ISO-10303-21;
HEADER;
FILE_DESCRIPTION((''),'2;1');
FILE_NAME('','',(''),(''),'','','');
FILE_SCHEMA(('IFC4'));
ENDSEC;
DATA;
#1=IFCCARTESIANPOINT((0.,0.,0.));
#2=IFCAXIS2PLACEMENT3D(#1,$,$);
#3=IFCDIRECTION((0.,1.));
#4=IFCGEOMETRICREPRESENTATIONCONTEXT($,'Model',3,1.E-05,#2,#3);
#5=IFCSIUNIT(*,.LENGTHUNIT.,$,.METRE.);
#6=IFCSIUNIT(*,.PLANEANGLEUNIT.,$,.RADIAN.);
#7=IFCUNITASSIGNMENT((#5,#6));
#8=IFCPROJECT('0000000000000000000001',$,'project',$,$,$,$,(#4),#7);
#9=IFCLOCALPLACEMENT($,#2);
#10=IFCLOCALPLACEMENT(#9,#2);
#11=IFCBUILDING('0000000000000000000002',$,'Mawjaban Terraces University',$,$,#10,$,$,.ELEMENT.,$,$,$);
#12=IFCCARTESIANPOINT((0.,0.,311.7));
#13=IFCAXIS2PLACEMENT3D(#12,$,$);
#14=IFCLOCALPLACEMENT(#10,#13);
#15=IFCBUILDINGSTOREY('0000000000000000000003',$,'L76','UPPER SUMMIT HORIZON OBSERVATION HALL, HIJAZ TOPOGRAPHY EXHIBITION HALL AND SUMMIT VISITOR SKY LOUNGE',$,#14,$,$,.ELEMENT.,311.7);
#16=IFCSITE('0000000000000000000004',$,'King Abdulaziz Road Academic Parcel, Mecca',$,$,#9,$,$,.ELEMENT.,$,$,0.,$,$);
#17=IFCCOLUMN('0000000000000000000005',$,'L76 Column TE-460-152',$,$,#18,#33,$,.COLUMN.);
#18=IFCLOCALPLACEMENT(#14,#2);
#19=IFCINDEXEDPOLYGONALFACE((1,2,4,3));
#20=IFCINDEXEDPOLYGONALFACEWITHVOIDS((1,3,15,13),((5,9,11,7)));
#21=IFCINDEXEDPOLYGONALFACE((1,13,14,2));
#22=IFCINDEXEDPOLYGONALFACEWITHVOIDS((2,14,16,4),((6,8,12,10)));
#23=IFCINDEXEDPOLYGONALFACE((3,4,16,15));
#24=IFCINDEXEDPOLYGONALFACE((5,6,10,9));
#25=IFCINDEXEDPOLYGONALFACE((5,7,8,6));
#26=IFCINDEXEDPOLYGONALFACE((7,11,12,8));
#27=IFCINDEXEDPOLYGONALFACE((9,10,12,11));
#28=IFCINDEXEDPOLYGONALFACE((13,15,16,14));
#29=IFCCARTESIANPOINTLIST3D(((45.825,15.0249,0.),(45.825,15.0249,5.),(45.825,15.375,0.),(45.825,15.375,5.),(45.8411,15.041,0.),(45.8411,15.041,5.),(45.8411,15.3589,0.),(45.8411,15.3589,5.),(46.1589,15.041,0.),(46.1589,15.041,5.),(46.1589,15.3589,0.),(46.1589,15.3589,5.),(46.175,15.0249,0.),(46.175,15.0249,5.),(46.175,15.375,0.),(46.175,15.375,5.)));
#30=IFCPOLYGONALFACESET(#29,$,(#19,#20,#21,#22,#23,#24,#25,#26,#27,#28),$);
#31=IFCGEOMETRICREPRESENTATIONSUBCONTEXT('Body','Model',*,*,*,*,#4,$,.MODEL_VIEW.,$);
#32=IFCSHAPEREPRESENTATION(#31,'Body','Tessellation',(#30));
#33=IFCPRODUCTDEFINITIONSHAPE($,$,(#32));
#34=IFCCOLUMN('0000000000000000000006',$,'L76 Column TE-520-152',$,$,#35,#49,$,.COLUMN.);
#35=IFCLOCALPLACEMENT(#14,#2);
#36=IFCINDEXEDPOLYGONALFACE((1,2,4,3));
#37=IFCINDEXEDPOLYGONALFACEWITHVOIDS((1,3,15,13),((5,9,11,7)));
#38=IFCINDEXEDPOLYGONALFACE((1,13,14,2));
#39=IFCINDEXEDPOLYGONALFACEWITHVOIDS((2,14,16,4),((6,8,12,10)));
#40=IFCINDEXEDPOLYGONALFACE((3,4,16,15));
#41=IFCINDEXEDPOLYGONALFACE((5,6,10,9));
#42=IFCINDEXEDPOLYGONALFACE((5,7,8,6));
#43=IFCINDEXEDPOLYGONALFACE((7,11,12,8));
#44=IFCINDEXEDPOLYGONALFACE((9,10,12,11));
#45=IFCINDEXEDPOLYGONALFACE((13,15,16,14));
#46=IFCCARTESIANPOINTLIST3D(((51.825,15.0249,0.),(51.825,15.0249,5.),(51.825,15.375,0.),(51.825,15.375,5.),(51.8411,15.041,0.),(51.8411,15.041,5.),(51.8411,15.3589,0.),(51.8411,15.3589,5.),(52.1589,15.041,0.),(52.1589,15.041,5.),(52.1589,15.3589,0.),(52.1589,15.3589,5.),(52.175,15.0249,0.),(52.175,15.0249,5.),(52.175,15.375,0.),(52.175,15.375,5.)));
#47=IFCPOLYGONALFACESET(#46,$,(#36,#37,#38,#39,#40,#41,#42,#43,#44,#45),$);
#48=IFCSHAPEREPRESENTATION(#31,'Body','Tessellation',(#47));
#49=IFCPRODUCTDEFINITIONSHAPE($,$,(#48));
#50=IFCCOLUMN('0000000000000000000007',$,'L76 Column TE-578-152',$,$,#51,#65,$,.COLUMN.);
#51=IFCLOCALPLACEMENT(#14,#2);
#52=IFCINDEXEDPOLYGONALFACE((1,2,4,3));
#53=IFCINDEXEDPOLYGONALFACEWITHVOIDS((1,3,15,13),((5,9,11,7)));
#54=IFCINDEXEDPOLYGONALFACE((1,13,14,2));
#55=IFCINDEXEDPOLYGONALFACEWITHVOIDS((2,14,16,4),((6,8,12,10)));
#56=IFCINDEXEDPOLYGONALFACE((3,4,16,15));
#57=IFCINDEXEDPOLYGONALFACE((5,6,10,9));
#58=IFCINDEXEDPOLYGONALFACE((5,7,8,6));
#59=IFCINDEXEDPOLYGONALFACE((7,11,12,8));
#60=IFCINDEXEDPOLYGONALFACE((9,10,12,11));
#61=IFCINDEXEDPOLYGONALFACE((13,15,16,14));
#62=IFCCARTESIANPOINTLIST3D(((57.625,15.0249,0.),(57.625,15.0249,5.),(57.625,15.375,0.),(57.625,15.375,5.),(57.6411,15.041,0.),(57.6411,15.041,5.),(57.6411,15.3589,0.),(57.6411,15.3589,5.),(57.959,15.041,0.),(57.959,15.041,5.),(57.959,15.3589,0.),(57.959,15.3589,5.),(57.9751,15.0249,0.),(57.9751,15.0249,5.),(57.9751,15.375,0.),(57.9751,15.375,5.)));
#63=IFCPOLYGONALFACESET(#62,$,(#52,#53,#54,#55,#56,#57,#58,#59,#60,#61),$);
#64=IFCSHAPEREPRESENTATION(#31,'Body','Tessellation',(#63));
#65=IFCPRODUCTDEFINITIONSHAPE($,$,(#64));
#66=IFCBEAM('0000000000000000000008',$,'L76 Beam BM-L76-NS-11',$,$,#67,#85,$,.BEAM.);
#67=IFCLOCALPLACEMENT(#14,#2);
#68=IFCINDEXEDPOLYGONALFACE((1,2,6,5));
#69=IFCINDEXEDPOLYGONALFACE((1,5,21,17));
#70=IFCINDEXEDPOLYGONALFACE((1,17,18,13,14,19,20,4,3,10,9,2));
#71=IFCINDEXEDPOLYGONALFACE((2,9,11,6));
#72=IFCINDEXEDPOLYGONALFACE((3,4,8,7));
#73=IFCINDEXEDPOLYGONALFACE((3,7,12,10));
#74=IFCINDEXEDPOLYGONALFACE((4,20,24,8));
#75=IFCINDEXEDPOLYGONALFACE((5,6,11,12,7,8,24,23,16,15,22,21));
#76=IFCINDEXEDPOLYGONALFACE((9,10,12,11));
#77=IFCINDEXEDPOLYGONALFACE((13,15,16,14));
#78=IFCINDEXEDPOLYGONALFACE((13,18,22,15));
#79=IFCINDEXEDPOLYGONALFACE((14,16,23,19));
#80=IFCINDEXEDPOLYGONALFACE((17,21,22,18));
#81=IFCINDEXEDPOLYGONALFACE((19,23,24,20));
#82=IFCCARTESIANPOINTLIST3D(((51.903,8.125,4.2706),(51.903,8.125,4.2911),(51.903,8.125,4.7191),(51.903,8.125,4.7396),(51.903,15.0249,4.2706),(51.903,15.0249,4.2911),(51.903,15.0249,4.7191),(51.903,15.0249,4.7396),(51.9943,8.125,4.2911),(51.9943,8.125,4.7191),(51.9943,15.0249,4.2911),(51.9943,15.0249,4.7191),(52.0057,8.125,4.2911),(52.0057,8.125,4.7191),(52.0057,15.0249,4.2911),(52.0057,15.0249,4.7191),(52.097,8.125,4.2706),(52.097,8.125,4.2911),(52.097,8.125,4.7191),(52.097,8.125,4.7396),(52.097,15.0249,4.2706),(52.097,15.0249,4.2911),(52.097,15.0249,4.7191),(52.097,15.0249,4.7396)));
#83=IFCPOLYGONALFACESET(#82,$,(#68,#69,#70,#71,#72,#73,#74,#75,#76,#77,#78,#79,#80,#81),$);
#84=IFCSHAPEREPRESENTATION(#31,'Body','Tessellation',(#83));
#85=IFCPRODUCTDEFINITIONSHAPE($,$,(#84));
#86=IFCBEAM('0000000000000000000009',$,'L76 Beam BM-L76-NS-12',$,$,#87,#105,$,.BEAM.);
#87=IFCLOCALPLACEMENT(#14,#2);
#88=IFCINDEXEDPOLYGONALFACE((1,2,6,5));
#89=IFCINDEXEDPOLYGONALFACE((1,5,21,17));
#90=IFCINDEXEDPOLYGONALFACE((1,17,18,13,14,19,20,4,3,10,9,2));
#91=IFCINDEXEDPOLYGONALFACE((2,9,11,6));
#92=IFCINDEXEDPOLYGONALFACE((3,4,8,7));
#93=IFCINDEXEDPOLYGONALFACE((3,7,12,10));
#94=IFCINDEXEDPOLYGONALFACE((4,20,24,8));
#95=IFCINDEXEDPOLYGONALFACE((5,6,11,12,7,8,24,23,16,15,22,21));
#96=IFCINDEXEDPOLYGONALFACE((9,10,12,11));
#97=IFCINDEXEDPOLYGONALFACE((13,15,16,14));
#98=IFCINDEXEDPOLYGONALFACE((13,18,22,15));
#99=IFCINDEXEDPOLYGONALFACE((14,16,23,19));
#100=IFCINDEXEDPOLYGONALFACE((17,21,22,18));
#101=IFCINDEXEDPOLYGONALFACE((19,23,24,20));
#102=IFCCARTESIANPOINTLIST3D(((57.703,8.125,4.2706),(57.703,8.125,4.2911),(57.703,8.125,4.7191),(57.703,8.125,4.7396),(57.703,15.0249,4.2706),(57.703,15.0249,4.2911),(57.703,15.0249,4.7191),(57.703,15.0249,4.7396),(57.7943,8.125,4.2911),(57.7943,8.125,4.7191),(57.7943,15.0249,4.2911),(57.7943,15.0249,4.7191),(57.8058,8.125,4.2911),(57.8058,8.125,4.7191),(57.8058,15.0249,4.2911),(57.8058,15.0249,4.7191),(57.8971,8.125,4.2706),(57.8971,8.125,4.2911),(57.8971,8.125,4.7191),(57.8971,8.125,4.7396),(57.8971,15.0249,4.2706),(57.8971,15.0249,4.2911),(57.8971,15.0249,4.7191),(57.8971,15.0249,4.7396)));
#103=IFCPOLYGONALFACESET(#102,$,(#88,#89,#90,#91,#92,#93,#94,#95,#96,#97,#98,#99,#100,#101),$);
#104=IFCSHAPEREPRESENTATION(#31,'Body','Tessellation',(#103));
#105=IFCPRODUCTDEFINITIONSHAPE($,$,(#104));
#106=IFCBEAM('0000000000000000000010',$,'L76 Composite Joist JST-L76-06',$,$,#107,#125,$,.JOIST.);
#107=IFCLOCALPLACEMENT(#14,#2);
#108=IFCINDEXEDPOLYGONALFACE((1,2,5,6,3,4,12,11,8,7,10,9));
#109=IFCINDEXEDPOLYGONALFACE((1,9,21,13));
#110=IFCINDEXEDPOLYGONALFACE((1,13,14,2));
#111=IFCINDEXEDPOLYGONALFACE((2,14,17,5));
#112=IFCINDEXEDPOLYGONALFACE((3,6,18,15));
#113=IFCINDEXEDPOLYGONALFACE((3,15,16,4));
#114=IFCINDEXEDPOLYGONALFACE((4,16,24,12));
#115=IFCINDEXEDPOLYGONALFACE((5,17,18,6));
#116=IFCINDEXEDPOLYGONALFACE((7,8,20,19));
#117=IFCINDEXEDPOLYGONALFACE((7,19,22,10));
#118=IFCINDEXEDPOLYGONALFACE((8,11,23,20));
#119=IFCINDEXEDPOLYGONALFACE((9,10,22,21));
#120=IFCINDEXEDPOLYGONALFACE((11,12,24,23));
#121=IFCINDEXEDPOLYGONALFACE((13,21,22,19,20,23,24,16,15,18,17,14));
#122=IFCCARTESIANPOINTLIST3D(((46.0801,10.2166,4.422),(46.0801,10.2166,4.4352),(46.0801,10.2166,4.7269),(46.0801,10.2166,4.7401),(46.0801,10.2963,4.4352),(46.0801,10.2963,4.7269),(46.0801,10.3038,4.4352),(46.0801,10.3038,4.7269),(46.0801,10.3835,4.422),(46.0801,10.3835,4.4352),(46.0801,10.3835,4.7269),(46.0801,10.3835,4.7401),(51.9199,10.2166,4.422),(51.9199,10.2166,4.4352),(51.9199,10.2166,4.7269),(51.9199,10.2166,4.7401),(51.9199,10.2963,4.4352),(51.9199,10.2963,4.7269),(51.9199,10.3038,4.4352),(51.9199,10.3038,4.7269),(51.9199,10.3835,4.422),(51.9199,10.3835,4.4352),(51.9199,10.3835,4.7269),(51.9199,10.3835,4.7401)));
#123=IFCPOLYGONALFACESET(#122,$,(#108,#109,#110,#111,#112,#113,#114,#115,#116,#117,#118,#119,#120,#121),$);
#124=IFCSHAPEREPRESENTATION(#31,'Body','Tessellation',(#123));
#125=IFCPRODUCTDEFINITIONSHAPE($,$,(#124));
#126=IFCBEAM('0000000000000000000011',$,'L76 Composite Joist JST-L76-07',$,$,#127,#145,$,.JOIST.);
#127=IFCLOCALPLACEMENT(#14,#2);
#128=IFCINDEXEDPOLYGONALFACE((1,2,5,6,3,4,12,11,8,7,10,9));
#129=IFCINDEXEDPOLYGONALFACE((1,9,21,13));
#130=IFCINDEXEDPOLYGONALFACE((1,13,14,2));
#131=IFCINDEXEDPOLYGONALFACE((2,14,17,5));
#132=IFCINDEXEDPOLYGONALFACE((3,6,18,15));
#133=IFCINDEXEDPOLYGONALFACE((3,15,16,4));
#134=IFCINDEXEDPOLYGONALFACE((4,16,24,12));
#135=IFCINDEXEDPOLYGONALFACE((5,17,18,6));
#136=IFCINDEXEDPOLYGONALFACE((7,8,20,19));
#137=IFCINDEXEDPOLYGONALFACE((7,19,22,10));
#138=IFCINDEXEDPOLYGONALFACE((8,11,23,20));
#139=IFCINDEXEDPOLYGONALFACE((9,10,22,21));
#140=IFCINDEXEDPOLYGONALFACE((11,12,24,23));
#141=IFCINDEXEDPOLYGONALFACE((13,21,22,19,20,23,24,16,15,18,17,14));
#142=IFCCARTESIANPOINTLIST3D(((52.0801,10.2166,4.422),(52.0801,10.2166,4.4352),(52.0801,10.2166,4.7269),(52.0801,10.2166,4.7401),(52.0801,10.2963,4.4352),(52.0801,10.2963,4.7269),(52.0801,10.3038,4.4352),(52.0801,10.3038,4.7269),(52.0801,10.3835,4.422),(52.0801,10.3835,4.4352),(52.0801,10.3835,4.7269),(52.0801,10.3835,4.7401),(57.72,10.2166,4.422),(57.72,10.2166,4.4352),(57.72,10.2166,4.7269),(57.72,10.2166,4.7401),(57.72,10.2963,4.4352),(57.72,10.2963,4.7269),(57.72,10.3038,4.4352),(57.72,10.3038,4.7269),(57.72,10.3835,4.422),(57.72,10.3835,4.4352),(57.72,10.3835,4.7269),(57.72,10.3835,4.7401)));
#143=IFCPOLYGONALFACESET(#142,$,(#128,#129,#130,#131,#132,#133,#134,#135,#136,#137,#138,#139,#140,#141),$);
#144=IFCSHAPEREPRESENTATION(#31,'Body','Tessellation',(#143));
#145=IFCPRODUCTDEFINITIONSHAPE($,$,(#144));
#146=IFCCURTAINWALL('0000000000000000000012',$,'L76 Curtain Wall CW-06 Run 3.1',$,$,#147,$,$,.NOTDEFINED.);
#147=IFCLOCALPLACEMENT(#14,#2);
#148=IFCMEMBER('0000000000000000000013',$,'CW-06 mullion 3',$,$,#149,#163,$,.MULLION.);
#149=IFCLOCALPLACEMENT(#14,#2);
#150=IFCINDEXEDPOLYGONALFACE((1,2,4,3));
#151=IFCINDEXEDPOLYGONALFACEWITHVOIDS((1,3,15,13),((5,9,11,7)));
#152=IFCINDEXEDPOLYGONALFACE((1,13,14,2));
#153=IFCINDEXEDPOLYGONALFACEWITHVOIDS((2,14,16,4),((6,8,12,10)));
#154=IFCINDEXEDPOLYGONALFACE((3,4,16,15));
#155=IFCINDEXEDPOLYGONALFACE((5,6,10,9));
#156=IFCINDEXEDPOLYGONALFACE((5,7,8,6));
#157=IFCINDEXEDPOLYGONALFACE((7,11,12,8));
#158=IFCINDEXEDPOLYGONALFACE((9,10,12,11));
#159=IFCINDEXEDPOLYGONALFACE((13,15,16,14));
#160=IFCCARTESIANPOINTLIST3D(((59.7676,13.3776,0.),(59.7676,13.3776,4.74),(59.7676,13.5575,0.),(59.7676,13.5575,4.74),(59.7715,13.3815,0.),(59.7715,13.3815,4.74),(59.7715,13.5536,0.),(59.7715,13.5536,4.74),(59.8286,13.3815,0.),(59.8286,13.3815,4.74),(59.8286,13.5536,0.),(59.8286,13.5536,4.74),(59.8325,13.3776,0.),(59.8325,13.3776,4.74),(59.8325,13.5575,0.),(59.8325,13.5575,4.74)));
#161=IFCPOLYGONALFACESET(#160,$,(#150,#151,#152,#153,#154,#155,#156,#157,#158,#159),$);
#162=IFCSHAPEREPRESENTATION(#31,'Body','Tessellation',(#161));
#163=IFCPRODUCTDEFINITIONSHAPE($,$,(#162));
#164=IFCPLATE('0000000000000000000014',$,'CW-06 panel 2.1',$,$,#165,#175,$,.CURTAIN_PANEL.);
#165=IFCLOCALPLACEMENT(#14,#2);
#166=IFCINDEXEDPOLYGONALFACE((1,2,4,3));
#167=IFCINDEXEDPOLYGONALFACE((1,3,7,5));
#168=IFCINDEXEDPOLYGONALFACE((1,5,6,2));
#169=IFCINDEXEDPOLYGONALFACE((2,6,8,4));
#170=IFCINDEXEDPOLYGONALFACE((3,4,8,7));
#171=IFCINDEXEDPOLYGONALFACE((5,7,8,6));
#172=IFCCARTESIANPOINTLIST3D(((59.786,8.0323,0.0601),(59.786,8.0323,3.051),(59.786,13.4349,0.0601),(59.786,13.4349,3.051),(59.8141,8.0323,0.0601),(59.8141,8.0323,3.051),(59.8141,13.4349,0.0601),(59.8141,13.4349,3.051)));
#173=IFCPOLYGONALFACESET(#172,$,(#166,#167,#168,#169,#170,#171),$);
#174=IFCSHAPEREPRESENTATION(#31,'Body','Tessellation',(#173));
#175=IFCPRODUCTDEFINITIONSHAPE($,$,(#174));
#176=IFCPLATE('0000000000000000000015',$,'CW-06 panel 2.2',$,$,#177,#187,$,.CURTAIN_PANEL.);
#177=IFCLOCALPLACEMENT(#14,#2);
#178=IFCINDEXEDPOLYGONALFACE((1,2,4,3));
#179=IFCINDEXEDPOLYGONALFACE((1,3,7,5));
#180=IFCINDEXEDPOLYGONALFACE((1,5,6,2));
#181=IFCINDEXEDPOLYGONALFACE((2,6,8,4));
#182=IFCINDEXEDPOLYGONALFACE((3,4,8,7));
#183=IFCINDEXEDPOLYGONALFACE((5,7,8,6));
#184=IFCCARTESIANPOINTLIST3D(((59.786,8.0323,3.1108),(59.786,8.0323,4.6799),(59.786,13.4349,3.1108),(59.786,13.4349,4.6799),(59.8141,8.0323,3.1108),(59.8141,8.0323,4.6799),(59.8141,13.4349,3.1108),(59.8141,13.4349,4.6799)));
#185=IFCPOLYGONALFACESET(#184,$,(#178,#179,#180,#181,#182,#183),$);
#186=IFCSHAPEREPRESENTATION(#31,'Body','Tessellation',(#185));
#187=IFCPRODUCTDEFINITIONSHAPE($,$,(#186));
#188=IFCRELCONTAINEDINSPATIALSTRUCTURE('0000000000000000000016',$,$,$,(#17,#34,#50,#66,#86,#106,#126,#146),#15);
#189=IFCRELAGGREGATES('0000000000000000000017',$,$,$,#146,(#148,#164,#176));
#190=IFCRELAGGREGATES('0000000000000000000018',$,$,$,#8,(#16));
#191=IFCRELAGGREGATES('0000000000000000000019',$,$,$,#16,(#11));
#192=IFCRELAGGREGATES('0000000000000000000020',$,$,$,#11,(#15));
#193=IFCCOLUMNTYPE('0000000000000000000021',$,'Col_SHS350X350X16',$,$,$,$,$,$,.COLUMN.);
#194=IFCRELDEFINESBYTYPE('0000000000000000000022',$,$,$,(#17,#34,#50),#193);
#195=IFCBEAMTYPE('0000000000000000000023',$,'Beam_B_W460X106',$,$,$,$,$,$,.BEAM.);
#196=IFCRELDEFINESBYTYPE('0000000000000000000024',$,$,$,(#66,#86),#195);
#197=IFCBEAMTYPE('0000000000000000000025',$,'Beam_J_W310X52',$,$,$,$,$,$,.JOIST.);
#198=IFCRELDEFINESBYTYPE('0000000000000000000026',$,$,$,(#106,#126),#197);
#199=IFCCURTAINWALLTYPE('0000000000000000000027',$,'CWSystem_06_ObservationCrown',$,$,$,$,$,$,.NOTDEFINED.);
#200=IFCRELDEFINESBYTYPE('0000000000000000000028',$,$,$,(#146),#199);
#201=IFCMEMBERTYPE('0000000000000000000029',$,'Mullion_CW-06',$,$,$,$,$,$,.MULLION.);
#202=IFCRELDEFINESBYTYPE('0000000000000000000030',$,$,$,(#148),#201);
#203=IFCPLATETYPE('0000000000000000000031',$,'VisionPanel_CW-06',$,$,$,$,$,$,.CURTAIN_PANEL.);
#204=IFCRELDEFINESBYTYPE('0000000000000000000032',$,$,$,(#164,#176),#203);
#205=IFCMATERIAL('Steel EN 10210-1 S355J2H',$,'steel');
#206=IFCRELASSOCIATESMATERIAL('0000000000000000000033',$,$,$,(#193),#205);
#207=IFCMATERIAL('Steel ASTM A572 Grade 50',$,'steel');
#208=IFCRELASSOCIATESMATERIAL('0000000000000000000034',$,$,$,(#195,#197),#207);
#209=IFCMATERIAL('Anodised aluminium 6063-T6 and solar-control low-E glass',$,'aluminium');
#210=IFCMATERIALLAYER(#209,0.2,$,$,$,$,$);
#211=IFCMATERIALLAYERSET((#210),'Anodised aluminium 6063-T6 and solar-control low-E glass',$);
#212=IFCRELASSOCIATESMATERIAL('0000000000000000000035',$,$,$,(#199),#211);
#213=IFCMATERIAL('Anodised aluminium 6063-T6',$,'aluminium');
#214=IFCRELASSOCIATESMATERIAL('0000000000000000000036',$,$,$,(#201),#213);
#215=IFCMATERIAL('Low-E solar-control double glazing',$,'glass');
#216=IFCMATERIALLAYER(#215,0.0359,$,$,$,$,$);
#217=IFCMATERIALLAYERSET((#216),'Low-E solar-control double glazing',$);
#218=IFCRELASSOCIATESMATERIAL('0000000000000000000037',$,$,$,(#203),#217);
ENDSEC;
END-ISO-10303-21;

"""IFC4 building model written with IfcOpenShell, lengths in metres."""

from ifc_helpers import new_model, si_unit, direction, frame, origin, origin_2d, place, context, subcontext, project, spatial, rectangle, hollow_rectangle, i_section, extrude, material, layer, layer_set, material_profile, profile_set, type_object, element, aggregate, save


model = new_model("IFC4")

# Units and contexts
model_context = context("Model", 3, precision=1e-05, world=origin(), true_north=direction((0.0, 1.0)))
body_context = subcontext(model_context, "Body", "Model", "MODEL_VIEW")
ifc_project = project(units=[si_unit("LENGTHUNIT", "METRE"), si_unit("PLANEANGLEUNIT", "RADIAN")], contexts=[model_context])

# Site, building, storey
site_placement = place(None, origin())
site = spatial("IfcSite", under=ifc_project, at=site_placement, Name="King Abdulaziz Road Academic Parcel, Mecca", CompositionType="ELEMENT", RefElevation=0.0)
building_placement = place(site_placement, origin())
building = spatial("IfcBuilding", under=site, at=building_placement, Name="Mawjaban Terraces University", CompositionType="ELEMENT")
storey_placement = place(building_placement, frame((0.0, 0.0, 311.7)))
storey = spatial("IfcBuildingStorey", under=building, at=storey_placement, Name="L76", Description="UPPER SUMMIT HORIZON OBSERVATION HALL, HIJAZ TOPOGRAPHY EXHIBITION HALL AND SUMMIT VISITOR SKY LOUNGE", CompositionType="ELEMENT", Elevation=311.7)

# Columns
ifc_material_1 = material(Name="Steel EN 10210-1 S355J2H", Category="steel")
ifc_material_profile_1 = material_profile(ifc_material_1, hollow_rectangle(XDim=0.3501, YDim=0.3501, WallThickness=0.0161, at=origin_2d()), Name="SHS350X350X16")
ifc_profile_set_1 = profile_set([ifc_material_profile_1], Name="Steel EN 10210-1 S355J2H")
column_type = type_object("IfcColumnType", Name="Col_SHS350X350X16", PredefinedType="COLUMN", material=ifc_profile_set_1)
for number, where, z_axis, x_axis, name in (
    (1, (46.0, 15.2, 0.0), (0.0, 0.0, 1.0), (1.0, 0.0, 0.0), "L76 Column TE-460-152"),
    (2, (52.0, 15.2, 0.0), (0.0, 0.0, 1.0), (1.0, 0.0, 0.0), "L76 Column TE-520-152"),
    (3, (57.8, 15.2, 0.0), (0.0, 0.0, 1.0), (1.0, 0.0, 0.0), "L76 Column TE-578-152"),
):
    element("IfcColumn", number, at=place(storey_placement, frame(where, z_axis=z_axis, x_axis=x_axis)), inside=storey, type_object=column_type, Name=name, PredefinedType="COLUMN", context=body_context, shape_type="SweptSolid", body=[
        extrude(hollow_rectangle(XDim=0.3501, YDim=0.3501, WallThickness=0.0161, at=origin_2d()), origin(), (0.0, 0.0, 1.0), 5.0),
    ])

# Beams
ifc_material_2 = material(Name="Steel ASTM A572 Grade 50", Category="steel")
ifc_material_profile_2 = material_profile(ifc_material_2, i_section(OverallWidth=0.1941, OverallDepth=0.469, WebThickness=0.0115, FlangeThickness=0.0205, at=origin_2d()), Name="W460X106")
ifc_profile_set_2 = profile_set([ifc_material_profile_2], Name="Steel ASTM A572 Grade 50")
beam_type_1 = type_object("IfcBeamType", Name="Beam_B_W460X106", PredefinedType="BEAM", material=ifc_profile_set_2)
for number, where, z_axis, x_axis, name in (
    (4, (52.0, 8.125, 4.5051), (0.0, 1.0, 0.0), (-1.0, 0.0, 0.0), "L76 Beam BM-L76-NS-11"),
    (5, (57.8, 8.125, 4.5051), (0.0, 1.0, 0.0), (-1.0, 0.0, 0.0), "L76 Beam BM-L76-NS-12"),
):
    element("IfcBeam", number, at=place(storey_placement, frame(where, z_axis=z_axis, x_axis=x_axis)), inside=storey, type_object=beam_type_1, Name=name, PredefinedType="BEAM", context=body_context, shape_type="SweptSolid", body=[
        extrude(i_section(OverallWidth=0.1941, OverallDepth=0.469, WebThickness=0.0115, FlangeThickness=0.0205, at=origin_2d()), origin(), (0.0, 0.0, 1.0), 6.8999),
    ])
ifc_material_profile_3 = material_profile(ifc_material_2, i_section(OverallWidth=0.167, OverallDepth=0.3181, WebThickness=0.0076, FlangeThickness=0.0132, at=origin_2d()), Name="W310X52")
ifc_profile_set_3 = profile_set([ifc_material_profile_3], Name="Steel ASTM A572 Grade 50")
beam_type_2 = type_object("IfcBeamType", Name="Beam_J_W310X52", PredefinedType="JOIST", material=ifc_profile_set_3)
beam_1_placement = place(storey_placement, frame((46.0801, 10.3, 4.5811), z_axis=(1.0, 0.0, 0.0), x_axis=(0.0, 1.0, 0.0)))
element("IfcBeam", 6, at=beam_1_placement, inside=storey, type_object=beam_type_2, Name="L76 Composite Joist JST-L76-06", PredefinedType="JOIST", context=body_context, shape_type="SweptSolid", body=[
    extrude(i_section(OverallWidth=0.167, OverallDepth=0.3181, WebThickness=0.0076, FlangeThickness=0.0132, at=origin_2d()), origin(), (0.0, 0.0, 1.0), 5.8398),
])
beam_2_placement = place(storey_placement, frame((52.0801, 10.3, 4.5811), z_axis=(1.0, 0.0, 0.0), x_axis=(0.0, 1.0, 0.0)))
element("IfcBeam", 7, at=beam_2_placement, inside=storey, type_object=beam_type_2, Name="L76 Composite Joist JST-L76-07", PredefinedType="JOIST", context=body_context, shape_type="SweptSolid", body=[
    extrude(i_section(OverallWidth=0.167, OverallDepth=0.3181, WebThickness=0.0076, FlangeThickness=0.0132, at=origin_2d()), origin(), (0.0, 0.0, 1.0), 5.6399),
])

# Curtain wall, member, plates
ifc_material_3 = material(Name="Anodised aluminium 6063-T6 and solar-control low-E glass", Category="aluminium")
ifc_layer_1 = layer(ifc_material_3, 0.2)
ifc_layer_set_1 = layer_set([ifc_layer_1], Name="Anodised aluminium 6063-T6 and solar-control low-E glass")
curtain_wall_type = type_object("IfcCurtainWallType", Name="CWSystem_06_ObservationCrown", PredefinedType="NOTDEFINED", material=ifc_layer_set_1)
curtain_wall_placement = place(storey_placement, origin())
curtain_wall = element("IfcCurtainWall", 8, at=curtain_wall_placement, inside=storey, type_object=curtain_wall_type, Name="L76 Curtain Wall CW-06 Run 3.1", PredefinedType="NOTDEFINED")
ifc_material_4 = material(Name="Anodised aluminium 6063-T6", Category="aluminium")
ifc_material_profile_4 = material_profile(ifc_material_4, hollow_rectangle(XDim=0.0649, YDim=0.1799, WallThickness=0.0039, at=origin_2d()), Name="ALU180X65X4")
ifc_profile_set_4 = profile_set([ifc_material_profile_4], Name="Anodised aluminium 6063-T6")
member_type = type_object("IfcMemberType", Name="Mullion_CW-06", PredefinedType="MULLION", material=ifc_profile_set_4)
member_placement = place(storey_placement, frame((59.8, 13.4675, 0.0), z_axis=(0.0, 0.0, 1.0), x_axis=(-1.0, 0.0, 0.0)))
member = element("IfcMember", 9, at=member_placement, type_object=member_type, Name="CW-06 mullion 3", PredefinedType="MULLION", context=body_context, shape_type="SweptSolid", body=[
    extrude(hollow_rectangle(XDim=0.0649, YDim=0.1799, WallThickness=0.0039, at=origin_2d()), origin(), (0.0, 0.0, 1.0), 4.74),
])
ifc_material_5 = material(Name="Low-E solar-control double glazing", Category="glass")
ifc_layer_2 = layer(ifc_material_5, 0.0359)
ifc_layer_set_2 = layer_set([ifc_layer_2], Name="Low-E solar-control double glazing")
plate_type = type_object("IfcPlateType", Name="VisionPanel_CW-06", PredefinedType="CURTAIN_PANEL", material=ifc_layer_set_2)
plate_1_placement = place(storey_placement, frame((59.8, 10.7336, 0.0601), z_axis=(0.0, 0.0, 1.0), x_axis=(0.0, 1.0, 0.0)))
plate_1 = element("IfcPlate", 10, at=plate_1_placement, type_object=plate_type, Name="CW-06 panel 2.1", PredefinedType="CURTAIN_PANEL", context=body_context, shape_type="SweptSolid", body=[
    extrude(rectangle(XDim=5.4026, YDim=0.0281, at=origin_2d()), origin(), (0.0, 0.0, 1.0), 2.991),
])
plate_2_placement = place(storey_placement, frame((59.8, 10.7336, 3.1108), z_axis=(0.0, 0.0, 1.0), x_axis=(0.0, 1.0, 0.0)))
plate_2 = element("IfcPlate", 11, at=plate_2_placement, type_object=plate_type, Name="CW-06 panel 2.2", PredefinedType="CURTAIN_PANEL", context=body_context, shape_type="SweptSolid", body=[
    extrude(rectangle(XDim=5.4026, YDim=0.0281, at=origin_2d()), origin(), (0.0, 0.0, 1.0), 1.5691),
])
aggregate(curtain_wall, [member, plate_1, plate_2])

save(model, "model.ifc")
